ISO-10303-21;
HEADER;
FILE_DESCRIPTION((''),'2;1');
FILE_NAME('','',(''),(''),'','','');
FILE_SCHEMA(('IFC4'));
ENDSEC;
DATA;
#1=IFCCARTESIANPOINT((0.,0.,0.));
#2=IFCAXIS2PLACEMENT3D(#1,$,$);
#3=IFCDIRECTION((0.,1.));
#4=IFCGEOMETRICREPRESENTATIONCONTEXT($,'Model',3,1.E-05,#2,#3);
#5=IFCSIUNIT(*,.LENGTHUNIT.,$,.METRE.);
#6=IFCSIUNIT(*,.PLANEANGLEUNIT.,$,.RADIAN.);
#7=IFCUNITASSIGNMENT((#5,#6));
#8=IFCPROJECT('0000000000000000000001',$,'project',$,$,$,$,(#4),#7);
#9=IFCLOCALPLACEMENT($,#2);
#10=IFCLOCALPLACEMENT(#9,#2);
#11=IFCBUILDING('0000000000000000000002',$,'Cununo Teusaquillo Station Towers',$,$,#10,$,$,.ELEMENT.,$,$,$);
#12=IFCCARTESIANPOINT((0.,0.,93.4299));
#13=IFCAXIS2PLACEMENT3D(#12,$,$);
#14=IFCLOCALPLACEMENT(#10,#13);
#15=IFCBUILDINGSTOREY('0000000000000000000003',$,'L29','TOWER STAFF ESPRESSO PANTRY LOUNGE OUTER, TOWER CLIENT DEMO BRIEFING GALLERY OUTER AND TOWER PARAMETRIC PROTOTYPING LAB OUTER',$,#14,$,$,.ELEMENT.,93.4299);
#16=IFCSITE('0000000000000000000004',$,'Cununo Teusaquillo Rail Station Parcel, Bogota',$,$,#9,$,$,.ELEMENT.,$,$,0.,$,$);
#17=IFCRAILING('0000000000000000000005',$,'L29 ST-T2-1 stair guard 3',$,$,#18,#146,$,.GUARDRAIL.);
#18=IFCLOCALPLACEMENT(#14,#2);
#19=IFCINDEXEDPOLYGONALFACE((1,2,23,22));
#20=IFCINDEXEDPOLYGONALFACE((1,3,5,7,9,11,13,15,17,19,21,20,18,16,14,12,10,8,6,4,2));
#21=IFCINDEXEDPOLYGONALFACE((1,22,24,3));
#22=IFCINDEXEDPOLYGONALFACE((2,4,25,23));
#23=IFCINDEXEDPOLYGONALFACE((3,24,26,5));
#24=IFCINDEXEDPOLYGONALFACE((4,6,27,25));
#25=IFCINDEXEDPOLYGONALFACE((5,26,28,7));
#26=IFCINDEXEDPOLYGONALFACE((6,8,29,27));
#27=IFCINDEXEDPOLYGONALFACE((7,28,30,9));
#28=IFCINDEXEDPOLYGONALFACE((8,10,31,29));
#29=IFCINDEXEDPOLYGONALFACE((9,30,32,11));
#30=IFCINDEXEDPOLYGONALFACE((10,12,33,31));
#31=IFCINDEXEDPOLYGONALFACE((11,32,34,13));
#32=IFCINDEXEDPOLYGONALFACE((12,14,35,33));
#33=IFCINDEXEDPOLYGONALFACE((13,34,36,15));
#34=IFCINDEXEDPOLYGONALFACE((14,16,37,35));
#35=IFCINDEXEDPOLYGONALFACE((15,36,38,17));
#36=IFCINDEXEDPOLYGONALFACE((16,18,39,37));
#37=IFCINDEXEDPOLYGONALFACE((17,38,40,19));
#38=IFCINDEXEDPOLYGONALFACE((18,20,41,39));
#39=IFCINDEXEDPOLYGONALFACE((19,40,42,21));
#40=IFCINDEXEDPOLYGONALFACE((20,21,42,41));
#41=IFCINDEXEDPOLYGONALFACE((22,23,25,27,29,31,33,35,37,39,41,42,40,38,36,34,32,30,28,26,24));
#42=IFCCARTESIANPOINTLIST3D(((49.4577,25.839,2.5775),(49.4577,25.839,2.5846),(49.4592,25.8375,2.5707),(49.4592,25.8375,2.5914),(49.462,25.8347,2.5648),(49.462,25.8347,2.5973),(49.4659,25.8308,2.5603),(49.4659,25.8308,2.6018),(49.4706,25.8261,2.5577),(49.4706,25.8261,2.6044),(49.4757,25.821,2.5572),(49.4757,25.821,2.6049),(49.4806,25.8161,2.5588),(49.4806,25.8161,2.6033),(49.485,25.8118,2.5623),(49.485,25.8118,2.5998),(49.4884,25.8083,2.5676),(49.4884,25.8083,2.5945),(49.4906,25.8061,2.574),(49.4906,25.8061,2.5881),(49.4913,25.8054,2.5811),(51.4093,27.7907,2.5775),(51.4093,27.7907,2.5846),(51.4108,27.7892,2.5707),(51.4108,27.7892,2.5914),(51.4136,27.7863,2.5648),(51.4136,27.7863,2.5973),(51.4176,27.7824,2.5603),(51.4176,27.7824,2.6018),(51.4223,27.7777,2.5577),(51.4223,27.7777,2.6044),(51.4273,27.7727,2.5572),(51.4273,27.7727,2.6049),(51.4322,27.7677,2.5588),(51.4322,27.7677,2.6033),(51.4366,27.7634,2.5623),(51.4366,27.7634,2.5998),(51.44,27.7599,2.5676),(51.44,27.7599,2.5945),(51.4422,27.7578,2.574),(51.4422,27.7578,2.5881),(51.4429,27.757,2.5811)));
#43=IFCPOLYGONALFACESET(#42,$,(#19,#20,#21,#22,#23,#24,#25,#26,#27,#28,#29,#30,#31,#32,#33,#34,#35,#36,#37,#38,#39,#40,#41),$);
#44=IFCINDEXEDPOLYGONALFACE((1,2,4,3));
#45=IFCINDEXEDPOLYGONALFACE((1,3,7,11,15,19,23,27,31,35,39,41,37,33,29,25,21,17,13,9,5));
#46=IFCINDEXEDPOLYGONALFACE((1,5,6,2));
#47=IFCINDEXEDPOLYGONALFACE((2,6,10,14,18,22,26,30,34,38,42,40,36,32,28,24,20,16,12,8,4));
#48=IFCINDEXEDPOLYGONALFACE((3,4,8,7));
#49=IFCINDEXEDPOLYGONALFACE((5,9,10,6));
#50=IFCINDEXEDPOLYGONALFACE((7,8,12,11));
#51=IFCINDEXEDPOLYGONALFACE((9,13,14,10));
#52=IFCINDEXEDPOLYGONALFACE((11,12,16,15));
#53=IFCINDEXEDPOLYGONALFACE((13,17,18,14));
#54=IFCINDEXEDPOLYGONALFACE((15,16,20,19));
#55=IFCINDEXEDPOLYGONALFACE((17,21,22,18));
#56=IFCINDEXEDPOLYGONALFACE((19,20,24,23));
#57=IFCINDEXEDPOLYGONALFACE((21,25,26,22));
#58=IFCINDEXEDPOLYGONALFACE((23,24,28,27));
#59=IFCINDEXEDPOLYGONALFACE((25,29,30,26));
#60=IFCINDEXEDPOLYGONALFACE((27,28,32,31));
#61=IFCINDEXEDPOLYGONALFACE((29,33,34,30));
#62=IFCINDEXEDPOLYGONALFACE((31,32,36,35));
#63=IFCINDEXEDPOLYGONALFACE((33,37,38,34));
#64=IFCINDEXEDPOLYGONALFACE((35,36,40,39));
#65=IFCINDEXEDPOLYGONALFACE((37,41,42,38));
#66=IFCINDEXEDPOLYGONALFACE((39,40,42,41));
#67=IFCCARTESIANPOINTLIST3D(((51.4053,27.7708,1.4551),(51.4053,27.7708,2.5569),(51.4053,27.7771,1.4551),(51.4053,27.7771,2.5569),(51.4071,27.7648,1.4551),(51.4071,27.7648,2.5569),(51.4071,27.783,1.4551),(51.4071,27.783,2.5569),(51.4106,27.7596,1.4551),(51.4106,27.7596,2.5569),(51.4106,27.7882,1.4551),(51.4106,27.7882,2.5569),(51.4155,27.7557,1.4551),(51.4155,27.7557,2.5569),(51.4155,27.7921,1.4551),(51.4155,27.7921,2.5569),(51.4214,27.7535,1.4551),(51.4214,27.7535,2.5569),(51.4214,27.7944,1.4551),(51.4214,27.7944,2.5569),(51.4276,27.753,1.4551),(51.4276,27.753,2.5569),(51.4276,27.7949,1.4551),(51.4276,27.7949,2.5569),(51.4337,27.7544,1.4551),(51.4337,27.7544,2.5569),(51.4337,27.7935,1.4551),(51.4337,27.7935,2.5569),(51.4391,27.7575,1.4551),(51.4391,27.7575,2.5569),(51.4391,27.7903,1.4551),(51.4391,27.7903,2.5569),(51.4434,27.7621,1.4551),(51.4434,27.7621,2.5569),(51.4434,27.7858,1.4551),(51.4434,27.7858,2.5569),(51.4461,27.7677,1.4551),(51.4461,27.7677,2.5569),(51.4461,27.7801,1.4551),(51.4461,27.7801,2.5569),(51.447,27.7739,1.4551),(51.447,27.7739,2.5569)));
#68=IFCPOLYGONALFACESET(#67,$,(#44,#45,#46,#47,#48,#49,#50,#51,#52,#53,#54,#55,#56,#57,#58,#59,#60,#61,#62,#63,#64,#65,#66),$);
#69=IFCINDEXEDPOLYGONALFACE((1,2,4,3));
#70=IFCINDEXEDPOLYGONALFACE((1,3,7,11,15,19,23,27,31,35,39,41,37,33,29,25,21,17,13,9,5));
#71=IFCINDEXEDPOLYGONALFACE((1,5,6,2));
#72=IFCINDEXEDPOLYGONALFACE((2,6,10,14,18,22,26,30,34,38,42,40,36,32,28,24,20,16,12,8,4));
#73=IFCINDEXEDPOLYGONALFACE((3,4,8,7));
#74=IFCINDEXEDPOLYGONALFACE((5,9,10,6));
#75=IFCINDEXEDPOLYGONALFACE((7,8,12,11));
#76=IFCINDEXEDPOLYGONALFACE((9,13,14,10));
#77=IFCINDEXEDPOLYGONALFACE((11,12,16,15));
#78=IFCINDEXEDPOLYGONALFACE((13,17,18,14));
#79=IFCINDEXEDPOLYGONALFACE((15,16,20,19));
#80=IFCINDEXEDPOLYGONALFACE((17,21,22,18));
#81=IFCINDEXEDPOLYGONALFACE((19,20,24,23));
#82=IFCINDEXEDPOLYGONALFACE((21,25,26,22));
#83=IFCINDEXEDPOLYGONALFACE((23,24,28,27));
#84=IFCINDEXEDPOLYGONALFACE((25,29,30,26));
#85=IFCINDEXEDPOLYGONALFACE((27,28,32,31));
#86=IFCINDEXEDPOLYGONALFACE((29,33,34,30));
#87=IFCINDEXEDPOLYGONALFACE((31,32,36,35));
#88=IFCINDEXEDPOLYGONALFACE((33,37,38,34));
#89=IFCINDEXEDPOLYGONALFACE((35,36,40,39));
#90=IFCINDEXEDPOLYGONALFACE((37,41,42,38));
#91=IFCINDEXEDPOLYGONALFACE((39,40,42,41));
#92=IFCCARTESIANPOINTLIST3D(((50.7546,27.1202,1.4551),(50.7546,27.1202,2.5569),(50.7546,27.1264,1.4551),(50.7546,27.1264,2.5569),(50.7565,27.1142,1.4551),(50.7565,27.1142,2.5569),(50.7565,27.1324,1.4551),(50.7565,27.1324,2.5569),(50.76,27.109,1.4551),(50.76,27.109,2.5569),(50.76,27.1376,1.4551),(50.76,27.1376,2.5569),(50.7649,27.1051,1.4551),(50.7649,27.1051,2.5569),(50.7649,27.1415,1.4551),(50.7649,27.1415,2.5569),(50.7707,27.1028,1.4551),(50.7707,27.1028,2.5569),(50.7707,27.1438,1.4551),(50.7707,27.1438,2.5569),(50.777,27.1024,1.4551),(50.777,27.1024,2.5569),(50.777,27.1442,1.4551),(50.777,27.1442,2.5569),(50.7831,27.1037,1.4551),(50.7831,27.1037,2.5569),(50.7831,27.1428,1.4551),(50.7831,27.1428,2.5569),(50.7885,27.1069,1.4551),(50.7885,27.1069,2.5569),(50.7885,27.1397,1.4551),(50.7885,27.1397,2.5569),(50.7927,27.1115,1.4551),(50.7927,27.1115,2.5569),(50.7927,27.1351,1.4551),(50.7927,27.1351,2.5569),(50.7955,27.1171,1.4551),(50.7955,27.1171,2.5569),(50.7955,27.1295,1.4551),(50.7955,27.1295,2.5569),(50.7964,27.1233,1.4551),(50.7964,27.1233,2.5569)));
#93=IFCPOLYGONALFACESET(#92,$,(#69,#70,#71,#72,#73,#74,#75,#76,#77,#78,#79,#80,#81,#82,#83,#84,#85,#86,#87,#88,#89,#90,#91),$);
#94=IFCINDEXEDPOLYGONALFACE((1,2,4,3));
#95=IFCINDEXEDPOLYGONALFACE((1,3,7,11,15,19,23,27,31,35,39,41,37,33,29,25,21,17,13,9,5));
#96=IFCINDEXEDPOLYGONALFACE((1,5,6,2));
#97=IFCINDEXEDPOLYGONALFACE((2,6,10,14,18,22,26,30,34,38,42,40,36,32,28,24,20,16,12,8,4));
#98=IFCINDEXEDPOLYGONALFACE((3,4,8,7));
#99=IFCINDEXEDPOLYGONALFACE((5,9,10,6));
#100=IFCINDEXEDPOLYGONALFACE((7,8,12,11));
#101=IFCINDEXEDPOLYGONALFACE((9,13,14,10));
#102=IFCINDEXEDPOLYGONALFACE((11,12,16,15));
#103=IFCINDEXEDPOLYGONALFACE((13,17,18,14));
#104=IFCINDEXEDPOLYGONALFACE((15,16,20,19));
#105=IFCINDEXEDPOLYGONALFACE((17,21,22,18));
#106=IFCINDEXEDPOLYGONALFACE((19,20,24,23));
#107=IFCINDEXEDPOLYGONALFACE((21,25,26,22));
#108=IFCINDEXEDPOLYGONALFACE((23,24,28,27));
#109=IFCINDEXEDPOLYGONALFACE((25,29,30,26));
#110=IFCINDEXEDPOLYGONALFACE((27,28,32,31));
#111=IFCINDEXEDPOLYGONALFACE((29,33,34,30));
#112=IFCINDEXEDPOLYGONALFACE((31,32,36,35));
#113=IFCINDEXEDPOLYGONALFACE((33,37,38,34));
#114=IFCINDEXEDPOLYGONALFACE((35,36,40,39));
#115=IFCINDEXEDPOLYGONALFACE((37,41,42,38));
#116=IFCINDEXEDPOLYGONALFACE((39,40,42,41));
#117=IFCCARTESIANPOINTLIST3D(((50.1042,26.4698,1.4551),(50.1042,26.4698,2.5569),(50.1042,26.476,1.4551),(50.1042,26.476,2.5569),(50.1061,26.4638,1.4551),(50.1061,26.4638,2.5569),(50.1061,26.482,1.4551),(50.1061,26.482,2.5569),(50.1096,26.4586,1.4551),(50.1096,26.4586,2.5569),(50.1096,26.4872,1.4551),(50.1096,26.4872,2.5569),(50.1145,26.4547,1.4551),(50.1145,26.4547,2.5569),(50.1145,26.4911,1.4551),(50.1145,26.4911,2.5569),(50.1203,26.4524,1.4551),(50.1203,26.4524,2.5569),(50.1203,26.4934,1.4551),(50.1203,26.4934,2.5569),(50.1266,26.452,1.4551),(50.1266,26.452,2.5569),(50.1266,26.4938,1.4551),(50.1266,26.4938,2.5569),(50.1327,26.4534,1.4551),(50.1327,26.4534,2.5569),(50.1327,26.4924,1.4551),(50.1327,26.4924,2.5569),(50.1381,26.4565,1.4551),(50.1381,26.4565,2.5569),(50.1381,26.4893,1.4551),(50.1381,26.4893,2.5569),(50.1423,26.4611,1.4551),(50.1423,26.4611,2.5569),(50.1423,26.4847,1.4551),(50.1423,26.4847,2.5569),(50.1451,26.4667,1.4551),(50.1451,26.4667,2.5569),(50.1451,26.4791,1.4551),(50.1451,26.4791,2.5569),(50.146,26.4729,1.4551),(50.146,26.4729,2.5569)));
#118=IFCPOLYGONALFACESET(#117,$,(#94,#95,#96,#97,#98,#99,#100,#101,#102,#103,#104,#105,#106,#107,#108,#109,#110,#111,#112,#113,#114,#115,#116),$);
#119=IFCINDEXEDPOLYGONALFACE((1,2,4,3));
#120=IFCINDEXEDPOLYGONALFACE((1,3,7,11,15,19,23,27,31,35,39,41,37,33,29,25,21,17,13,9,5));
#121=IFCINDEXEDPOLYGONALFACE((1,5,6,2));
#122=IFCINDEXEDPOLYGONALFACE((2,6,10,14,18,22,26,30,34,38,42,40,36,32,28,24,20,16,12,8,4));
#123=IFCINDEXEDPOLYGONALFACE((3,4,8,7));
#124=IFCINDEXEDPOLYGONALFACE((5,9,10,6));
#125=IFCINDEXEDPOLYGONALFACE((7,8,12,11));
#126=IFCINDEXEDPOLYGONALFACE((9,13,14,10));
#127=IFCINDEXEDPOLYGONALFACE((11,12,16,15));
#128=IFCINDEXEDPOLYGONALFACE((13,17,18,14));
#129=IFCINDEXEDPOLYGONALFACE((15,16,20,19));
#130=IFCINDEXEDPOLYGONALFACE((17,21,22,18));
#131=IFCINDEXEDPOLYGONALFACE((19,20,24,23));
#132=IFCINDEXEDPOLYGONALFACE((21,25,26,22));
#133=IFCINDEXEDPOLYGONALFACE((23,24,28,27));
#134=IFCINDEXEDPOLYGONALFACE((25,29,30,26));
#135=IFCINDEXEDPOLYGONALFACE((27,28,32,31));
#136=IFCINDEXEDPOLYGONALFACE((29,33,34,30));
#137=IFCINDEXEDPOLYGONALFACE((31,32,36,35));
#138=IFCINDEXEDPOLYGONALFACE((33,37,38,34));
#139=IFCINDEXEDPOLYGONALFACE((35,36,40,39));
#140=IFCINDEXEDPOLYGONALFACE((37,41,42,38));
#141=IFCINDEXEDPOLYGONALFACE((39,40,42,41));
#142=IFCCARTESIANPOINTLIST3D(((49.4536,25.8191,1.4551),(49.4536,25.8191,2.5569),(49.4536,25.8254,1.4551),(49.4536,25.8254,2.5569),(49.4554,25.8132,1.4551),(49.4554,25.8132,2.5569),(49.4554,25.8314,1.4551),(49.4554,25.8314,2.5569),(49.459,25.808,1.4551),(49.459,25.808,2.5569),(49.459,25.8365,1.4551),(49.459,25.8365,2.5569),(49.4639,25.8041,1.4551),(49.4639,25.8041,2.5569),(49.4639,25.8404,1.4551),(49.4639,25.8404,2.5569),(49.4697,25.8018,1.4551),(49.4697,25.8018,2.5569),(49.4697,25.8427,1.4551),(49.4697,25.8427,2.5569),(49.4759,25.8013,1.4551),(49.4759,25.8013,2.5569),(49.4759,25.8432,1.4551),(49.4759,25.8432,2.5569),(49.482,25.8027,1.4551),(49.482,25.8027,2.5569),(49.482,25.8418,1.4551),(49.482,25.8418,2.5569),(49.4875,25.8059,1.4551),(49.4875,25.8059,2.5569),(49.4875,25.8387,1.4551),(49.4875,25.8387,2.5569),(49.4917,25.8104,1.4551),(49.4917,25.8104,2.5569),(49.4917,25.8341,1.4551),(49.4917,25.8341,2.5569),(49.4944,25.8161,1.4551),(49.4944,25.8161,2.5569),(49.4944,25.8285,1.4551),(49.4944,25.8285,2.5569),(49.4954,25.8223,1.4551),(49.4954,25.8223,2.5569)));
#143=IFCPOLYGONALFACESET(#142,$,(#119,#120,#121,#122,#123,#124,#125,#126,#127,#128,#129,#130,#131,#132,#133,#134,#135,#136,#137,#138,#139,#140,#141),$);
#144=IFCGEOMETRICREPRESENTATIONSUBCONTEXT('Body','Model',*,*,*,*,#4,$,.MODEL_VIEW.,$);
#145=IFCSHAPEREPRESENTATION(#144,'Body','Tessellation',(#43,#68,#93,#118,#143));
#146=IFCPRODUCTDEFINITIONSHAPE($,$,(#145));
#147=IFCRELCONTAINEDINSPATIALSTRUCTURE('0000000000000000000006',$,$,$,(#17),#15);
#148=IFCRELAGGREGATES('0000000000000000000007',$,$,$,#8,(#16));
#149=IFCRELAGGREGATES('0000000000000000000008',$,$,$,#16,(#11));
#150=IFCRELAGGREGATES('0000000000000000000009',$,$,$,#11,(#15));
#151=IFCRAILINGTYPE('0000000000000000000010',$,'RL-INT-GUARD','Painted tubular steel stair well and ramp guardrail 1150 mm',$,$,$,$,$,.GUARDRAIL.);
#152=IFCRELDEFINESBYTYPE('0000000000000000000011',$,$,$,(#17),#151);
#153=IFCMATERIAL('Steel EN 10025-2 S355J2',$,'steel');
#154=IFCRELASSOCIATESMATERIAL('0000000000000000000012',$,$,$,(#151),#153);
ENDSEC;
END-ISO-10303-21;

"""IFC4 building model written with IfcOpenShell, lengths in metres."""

from ifc_helpers import new_model, si_unit, direction, frame, origin, origin_2d, place, context, subcontext, project, spatial, circle, extrude, material, type_object, element, save


model = new_model("IFC4")

# Units and contexts
model_context = context("Model", 3, precision=1e-05, world=origin(), true_north=direction((0.0, 1.0)))
body_context = subcontext(model_context, "Body", "Model", "MODEL_VIEW")
ifc_project = project(units=[si_unit("LENGTHUNIT", "METRE"), si_unit("PLANEANGLEUNIT", "RADIAN")], contexts=[model_context])

# Site, building, storey
site_placement = place(None, origin())
site = spatial("IfcSite", under=ifc_project, at=site_placement, Name="Cununo Teusaquillo Rail Station Parcel, Bogota", CompositionType="ELEMENT", RefElevation=0.0)
building_placement = place(site_placement, origin())
building = spatial("IfcBuilding", under=site, at=building_placement, Name="Cununo Teusaquillo Station Towers", CompositionType="ELEMENT")
storey_placement = place(building_placement, frame((0.0, 0.0, 93.4299)))
storey = spatial("IfcBuildingStorey", under=building, at=storey_placement, Name="L29", Description="TOWER STAFF ESPRESSO PANTRY LOUNGE OUTER, TOWER CLIENT DEMO BRIEFING GALLERY OUTER AND TOWER PARAMETRIC PROTOTYPING LAB OUTER", CompositionType="ELEMENT", Elevation=93.4299)

# Railing
ifc_material_1 = material(Name="Steel EN 10025-2 S355J2", Category="steel")
railing_type_1 = type_object("IfcRailingType", Name="RL-INT-GUARD", Description="Painted tubular steel stair well and ramp guardrail 1150 mm", PredefinedType="GUARDRAIL", material=ifc_material_1)
railing_1_placement = place(storey_placement, frame((51.426, 27.7739, 1.4551)))
element("IfcRailing", 1, at=railing_1_placement, inside=storey, type_object=railing_type_1, Name="L29 ST-T2-1 stair guard 3", PredefinedType="GUARDRAIL", context=body_context, shape_type="SweptSolid", body=[
    extrude(circle(Radius=0.0239, at=origin_2d()), frame((0.0, 0.0, 1.126), z_axis=(-0.707107, -0.707107, 0.0), x_axis=(0.707107, -0.707107, 0.0)), (0.0, 0.0, 1.0), 2.76),
    extrude(circle(Radius=0.021, at=origin_2d()), origin(), (0.0, 0.0, 1.0), 1.1018),
    extrude(circle(Radius=0.021, at=origin_2d()), frame((-0.6506, -0.6506, 0.0)), (0.0, 0.0, 1.0), 1.1018),
    extrude(circle(Radius=0.021, at=origin_2d()), frame((-1.301, -1.301, 0.0)), (0.0, 0.0, 1.0), 1.1018),
    extrude(circle(Radius=0.021, at=origin_2d()), frame((-1.9517, -1.9517, 0.0)), (0.0, 0.0, 1.0), 1.1018),
])

save(model, "model.ifc")
